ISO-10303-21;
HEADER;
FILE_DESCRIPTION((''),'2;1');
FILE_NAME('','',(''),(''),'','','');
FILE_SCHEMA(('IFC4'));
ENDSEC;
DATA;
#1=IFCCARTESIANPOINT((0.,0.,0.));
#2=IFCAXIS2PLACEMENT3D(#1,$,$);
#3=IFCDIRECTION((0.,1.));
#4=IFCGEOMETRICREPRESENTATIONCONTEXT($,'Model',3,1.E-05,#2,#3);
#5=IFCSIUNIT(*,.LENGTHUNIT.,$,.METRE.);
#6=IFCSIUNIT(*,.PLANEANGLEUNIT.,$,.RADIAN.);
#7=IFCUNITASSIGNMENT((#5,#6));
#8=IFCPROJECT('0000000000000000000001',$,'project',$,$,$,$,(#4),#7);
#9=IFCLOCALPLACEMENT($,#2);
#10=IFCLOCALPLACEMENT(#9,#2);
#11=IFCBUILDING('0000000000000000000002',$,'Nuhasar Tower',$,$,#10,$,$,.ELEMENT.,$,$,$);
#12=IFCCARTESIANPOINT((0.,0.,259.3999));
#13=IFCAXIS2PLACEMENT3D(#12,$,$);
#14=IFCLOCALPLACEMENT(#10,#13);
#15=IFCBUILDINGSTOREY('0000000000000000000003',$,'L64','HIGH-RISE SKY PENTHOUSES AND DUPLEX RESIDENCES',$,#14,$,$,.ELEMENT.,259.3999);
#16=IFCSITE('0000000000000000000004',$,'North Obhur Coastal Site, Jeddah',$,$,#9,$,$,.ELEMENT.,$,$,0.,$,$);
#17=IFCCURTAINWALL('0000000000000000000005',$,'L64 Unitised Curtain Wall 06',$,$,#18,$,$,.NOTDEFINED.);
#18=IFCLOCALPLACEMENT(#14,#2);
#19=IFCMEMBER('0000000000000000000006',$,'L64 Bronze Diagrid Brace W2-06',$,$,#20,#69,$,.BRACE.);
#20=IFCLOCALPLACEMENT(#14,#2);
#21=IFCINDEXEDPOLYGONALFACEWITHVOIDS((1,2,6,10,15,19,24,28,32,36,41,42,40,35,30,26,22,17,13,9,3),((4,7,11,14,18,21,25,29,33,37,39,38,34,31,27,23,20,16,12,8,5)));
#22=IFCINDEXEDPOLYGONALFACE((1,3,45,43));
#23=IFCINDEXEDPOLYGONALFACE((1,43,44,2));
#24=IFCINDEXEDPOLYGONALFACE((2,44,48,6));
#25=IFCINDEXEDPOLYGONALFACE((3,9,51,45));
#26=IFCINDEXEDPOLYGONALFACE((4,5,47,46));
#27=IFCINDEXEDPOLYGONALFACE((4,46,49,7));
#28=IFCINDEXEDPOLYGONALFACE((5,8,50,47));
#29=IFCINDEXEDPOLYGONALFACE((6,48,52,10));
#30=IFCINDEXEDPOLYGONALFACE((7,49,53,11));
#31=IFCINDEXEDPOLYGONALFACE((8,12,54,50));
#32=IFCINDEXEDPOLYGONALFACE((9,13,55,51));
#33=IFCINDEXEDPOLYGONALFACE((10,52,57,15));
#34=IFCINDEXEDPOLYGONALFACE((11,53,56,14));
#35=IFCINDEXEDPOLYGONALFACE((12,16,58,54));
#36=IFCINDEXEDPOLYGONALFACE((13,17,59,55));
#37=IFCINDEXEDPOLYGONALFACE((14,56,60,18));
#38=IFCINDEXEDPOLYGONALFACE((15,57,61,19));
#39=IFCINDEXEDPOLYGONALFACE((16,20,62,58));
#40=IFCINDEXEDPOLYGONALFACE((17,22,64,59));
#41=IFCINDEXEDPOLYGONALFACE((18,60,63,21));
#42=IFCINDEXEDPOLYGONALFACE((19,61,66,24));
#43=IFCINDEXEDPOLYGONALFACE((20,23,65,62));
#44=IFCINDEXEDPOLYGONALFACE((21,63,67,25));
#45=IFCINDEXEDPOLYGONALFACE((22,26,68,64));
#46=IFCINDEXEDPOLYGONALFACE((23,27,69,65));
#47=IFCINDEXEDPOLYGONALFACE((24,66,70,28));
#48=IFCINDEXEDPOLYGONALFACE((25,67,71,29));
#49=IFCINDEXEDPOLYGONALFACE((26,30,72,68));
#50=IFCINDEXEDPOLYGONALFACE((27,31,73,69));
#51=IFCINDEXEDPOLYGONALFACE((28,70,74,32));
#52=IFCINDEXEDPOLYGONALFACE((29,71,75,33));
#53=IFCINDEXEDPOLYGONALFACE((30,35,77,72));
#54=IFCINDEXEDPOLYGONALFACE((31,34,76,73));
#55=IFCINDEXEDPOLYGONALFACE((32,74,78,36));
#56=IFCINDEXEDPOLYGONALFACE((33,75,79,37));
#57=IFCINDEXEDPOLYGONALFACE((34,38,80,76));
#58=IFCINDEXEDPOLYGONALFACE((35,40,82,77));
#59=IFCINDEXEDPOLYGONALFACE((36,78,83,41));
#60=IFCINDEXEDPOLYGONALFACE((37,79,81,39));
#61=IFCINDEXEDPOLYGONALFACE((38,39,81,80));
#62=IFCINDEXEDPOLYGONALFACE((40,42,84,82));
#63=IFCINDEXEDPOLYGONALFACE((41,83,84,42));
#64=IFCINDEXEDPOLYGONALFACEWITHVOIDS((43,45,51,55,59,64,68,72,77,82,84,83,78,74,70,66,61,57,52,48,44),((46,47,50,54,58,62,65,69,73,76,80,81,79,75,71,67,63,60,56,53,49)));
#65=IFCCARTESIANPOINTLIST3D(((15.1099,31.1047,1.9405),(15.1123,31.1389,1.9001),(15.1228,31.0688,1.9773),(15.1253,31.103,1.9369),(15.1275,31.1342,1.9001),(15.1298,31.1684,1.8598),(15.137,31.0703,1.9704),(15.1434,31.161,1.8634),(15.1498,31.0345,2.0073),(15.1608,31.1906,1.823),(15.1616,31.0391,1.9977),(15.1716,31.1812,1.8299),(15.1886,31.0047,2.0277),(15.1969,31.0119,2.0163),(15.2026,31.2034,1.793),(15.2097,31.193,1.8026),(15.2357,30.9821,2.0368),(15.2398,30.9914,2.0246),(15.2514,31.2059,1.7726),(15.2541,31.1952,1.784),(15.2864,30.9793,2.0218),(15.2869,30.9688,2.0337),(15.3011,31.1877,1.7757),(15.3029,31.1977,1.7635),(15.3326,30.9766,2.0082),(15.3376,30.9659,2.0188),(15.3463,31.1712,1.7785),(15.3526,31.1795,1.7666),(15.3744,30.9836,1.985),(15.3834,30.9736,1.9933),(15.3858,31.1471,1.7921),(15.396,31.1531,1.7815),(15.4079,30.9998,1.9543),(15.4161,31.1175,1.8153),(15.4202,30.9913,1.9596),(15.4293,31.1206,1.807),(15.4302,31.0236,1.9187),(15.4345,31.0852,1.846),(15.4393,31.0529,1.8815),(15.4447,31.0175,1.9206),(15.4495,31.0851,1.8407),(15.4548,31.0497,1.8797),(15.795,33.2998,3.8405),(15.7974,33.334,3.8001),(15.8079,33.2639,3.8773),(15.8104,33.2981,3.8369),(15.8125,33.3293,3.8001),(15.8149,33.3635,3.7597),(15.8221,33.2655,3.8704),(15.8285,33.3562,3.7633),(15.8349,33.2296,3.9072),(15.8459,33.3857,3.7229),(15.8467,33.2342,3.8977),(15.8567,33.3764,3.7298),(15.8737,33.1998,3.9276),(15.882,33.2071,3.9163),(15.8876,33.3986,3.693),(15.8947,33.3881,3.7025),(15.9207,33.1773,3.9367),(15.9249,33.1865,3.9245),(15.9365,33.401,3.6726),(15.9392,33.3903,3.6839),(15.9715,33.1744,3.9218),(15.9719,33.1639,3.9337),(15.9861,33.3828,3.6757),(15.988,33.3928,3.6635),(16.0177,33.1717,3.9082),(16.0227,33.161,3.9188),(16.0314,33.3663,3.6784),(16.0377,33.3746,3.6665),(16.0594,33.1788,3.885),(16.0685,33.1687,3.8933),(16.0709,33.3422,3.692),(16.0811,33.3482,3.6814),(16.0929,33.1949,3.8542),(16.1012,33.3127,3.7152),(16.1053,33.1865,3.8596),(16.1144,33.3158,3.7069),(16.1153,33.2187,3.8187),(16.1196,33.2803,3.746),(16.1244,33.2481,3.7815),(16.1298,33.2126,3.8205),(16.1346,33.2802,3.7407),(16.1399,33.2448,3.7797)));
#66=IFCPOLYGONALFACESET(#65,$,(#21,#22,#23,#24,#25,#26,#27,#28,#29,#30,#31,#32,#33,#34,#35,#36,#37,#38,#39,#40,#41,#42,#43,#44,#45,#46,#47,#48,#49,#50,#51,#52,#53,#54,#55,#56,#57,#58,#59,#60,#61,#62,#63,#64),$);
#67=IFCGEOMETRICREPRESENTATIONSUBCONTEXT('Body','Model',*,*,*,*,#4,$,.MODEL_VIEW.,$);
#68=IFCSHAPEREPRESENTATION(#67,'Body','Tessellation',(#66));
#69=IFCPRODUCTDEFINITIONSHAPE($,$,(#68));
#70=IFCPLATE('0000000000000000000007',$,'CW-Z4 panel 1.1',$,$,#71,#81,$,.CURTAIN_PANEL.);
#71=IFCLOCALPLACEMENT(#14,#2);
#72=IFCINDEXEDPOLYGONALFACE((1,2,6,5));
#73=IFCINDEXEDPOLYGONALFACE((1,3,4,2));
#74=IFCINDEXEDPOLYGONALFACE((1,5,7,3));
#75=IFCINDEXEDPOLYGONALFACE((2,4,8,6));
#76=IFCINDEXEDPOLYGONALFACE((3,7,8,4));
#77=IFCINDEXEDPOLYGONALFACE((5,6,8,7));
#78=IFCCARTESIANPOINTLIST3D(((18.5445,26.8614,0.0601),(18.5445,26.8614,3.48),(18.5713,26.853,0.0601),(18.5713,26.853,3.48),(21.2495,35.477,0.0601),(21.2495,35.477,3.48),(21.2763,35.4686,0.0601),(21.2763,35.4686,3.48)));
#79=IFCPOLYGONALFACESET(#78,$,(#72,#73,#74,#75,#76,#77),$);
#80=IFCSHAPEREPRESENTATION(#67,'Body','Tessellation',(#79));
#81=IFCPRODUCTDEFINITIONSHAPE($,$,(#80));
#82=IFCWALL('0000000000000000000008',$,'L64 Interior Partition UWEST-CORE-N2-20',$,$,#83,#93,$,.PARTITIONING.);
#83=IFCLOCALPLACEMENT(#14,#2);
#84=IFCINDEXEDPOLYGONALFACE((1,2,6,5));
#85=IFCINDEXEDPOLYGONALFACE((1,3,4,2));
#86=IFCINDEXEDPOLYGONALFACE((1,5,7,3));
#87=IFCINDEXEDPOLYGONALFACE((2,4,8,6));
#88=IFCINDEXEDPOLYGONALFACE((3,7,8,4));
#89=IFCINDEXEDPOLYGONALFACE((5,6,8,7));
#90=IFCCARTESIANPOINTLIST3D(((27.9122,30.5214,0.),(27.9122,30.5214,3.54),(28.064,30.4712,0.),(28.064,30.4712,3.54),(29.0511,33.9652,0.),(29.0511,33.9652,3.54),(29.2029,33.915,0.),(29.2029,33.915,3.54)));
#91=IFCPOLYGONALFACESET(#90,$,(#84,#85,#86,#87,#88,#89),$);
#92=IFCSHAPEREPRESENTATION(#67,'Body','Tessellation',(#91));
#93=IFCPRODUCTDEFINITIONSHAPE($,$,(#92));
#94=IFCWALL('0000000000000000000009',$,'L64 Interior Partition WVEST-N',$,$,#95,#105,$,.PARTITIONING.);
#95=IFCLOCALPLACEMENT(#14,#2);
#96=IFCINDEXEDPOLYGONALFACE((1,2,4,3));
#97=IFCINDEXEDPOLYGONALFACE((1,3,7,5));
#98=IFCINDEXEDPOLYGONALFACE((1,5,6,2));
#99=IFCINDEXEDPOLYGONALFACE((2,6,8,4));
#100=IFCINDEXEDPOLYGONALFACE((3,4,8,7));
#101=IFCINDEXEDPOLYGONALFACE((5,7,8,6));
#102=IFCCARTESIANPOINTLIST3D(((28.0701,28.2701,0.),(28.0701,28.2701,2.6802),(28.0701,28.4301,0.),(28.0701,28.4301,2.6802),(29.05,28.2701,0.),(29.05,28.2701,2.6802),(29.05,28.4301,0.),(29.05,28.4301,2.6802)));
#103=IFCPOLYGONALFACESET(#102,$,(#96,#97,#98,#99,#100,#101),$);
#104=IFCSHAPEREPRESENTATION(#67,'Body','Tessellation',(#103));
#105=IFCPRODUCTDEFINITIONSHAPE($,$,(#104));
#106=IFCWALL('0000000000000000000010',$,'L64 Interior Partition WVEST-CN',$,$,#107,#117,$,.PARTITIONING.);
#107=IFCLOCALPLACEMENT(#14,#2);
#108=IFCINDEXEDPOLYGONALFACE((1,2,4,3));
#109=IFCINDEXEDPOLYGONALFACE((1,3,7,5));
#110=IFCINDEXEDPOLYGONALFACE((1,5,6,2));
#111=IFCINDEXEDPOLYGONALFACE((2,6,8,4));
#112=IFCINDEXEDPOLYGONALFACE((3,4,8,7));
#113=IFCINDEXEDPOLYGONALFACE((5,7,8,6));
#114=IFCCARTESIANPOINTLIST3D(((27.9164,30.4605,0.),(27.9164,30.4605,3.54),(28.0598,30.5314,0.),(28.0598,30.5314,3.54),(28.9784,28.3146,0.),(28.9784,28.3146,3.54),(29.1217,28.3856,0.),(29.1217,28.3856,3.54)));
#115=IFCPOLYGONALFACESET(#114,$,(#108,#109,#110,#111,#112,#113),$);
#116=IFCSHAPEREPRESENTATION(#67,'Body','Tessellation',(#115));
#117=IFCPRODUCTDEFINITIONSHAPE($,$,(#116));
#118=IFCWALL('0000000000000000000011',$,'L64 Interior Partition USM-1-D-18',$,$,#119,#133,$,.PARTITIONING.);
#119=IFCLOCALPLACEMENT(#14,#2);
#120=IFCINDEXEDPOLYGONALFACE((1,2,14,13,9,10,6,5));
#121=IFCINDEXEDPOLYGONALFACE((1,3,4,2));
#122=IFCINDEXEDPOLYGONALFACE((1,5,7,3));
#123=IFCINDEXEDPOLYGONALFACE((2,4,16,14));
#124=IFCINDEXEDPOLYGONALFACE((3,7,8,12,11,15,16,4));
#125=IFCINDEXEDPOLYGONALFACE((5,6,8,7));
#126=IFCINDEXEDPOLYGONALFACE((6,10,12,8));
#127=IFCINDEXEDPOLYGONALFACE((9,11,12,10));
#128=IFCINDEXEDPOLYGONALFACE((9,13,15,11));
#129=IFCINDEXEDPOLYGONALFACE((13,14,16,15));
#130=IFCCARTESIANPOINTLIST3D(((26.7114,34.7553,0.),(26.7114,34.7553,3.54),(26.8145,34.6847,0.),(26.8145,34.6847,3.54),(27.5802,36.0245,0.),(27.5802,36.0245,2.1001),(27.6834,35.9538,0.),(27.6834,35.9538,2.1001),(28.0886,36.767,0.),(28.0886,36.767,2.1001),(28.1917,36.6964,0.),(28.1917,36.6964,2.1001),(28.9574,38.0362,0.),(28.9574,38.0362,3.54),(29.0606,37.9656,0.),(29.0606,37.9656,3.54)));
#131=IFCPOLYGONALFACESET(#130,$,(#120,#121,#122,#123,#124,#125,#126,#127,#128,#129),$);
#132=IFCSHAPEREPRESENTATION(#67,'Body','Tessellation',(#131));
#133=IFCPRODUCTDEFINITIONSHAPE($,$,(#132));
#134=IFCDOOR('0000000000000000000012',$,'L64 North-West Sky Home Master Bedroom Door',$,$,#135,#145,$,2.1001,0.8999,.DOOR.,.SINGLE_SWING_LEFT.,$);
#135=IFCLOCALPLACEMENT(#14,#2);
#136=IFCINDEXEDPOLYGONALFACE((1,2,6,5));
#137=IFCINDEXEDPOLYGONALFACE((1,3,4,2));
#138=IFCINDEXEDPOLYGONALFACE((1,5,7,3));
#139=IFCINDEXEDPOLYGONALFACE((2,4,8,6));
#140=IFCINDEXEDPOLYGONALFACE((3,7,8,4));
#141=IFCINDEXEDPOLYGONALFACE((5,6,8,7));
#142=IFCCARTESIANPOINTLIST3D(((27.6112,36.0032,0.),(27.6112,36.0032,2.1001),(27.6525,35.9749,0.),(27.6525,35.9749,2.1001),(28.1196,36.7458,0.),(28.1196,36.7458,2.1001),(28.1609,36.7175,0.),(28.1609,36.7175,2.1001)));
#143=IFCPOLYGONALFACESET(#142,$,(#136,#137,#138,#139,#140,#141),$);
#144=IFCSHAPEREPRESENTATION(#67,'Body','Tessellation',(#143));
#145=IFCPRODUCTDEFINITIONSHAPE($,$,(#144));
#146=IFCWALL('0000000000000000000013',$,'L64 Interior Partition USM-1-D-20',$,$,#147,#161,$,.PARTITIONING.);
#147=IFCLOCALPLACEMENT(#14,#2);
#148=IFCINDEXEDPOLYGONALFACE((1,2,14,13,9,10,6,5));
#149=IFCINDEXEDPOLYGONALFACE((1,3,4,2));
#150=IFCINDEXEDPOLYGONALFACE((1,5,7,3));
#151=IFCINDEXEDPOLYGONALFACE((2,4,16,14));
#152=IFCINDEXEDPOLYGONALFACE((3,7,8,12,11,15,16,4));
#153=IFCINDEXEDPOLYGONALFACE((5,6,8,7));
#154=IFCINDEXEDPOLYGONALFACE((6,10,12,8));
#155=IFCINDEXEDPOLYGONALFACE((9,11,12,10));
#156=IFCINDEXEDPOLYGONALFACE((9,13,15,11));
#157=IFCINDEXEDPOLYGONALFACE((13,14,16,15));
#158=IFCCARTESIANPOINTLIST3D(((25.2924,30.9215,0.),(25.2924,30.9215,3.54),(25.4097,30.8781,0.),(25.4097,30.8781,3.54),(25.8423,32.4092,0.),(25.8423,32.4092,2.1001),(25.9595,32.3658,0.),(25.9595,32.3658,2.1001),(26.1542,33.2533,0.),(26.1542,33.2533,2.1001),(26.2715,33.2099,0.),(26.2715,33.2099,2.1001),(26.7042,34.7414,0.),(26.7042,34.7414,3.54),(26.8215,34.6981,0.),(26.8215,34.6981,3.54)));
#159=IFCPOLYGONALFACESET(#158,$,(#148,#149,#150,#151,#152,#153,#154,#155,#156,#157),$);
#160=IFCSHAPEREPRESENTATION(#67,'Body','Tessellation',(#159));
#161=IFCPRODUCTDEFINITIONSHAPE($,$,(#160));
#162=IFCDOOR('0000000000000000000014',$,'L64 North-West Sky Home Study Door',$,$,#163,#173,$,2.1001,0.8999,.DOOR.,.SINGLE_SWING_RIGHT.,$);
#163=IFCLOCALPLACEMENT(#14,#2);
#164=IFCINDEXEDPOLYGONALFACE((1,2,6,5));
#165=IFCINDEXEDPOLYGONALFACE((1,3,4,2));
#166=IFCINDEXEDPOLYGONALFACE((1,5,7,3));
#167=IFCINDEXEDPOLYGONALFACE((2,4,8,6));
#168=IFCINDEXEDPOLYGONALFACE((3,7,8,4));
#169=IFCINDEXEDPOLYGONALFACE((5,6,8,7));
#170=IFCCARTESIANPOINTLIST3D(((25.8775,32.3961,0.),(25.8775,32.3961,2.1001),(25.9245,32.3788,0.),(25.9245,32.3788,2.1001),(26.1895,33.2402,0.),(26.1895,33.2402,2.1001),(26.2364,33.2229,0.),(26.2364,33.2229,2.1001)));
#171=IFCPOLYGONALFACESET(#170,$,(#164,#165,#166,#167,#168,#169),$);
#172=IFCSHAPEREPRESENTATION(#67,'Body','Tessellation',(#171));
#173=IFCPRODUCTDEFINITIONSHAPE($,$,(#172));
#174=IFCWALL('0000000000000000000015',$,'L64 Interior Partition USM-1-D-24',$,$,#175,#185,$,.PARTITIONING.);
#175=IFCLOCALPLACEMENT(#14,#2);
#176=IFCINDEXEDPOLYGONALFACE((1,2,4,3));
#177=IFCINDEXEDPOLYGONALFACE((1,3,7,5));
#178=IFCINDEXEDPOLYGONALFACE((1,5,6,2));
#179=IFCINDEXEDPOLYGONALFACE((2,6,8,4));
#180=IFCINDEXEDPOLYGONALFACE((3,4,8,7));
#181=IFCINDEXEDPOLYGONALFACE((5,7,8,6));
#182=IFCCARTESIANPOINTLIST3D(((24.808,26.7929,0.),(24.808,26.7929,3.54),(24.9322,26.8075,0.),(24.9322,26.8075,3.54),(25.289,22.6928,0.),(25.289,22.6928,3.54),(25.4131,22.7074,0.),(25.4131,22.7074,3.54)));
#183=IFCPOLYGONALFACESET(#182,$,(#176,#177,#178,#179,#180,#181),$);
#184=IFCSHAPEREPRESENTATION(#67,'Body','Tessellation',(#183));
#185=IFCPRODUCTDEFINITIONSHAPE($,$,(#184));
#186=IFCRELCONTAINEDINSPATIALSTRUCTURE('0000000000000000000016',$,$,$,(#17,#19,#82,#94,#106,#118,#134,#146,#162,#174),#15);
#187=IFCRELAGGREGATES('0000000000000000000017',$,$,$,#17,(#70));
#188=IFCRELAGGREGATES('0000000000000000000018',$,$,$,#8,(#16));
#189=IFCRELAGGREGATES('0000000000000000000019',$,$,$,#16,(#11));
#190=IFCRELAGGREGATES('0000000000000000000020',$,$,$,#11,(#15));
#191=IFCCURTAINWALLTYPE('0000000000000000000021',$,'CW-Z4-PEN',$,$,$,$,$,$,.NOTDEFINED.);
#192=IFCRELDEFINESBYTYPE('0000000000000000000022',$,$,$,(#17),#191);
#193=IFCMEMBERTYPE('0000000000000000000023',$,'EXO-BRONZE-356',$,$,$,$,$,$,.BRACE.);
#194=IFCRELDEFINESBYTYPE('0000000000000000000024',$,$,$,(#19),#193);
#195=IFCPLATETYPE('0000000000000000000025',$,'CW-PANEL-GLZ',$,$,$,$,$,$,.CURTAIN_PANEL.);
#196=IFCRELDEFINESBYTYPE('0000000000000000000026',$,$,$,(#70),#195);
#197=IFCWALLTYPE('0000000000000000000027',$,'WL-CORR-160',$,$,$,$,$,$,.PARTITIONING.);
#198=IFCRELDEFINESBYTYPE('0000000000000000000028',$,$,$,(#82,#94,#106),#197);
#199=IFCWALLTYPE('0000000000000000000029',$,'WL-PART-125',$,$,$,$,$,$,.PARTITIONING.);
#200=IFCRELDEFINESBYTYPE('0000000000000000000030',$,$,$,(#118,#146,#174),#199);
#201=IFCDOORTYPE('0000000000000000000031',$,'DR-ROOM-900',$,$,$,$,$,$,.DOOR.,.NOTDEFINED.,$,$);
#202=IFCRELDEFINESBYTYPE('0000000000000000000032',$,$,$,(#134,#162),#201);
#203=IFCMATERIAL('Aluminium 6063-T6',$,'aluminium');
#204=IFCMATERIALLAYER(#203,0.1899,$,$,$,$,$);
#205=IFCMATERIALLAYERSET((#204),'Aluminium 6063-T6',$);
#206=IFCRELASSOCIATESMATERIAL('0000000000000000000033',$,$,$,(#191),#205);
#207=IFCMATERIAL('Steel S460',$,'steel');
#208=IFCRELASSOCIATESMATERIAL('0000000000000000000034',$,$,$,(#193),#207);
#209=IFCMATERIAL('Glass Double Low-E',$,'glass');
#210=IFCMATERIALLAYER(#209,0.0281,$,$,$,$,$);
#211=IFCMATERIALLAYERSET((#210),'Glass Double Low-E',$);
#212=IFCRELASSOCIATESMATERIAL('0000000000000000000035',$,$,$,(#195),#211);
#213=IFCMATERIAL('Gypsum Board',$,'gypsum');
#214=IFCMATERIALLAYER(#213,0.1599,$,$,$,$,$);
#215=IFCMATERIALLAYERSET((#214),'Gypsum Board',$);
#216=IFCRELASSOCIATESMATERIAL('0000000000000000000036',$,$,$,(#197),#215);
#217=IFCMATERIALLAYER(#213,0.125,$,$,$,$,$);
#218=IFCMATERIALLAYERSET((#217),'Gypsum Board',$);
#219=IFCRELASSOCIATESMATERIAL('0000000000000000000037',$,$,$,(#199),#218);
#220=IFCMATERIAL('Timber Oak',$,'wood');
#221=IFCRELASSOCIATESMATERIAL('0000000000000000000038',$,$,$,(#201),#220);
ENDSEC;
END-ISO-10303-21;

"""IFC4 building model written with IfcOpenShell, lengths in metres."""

from ifc_helpers import new_model, si_unit, direction, frame, frame_2d, origin, origin_2d, place, context, subcontext, project, spatial, rectangle, hollow_circle, extrude, material, layer, layer_set, material_profile, profile_set, type_object, element, fill, aggregate, save


model = new_model("IFC4")

# Units and contexts
model_context = context("Model", 3, precision=1e-05, world=origin(), true_north=direction((0.0, 1.0)))
body_context = subcontext(model_context, "Body", "Model", "MODEL_VIEW")
ifc_project = project(units=[si_unit("LENGTHUNIT", "METRE"), si_unit("PLANEANGLEUNIT", "RADIAN")], contexts=[model_context])

# Site, building, storey
site_placement = place(None, origin())
site = spatial("IfcSite", under=ifc_project, at=site_placement, Name="North Obhur Coastal Site, Jeddah", CompositionType="ELEMENT", RefElevation=0.0)
building_placement = place(site_placement, origin())
building = spatial("IfcBuilding", under=site, at=building_placement, Name="Nuhasar Tower", CompositionType="ELEMENT")
storey_placement = place(building_placement, frame((0.0, 0.0, 259.3999)))
storey = spatial("IfcBuildingStorey", under=building, at=storey_placement, Name="L64", Description="HIGH-RISE SKY PENTHOUSES AND DUPLEX RESIDENCES", CompositionType="ELEMENT", Elevation=259.3999)

# Curtain wall
ifc_material_1 = material(Name="Aluminium 6063-T6", Category="aluminium")
ifc_layer_1 = layer(ifc_material_1, 0.1899)
ifc_layer_set_1 = layer_set([ifc_layer_1], Name="Aluminium 6063-T6")
curtain_wall_type = type_object("IfcCurtainWallType", Name="CW-Z4-PEN", PredefinedType="NOTDEFINED", material=ifc_layer_set_1)
curtain_wall_placement = place(storey_placement, origin())
curtain_wall = element("IfcCurtainWall", 1, at=curtain_wall_placement, inside=storey, type_object=curtain_wall_type, Name="L64 Unitised Curtain Wall 06", PredefinedType="NOTDEFINED")

# Member
ifc_material_2 = material(Name="Steel S460", Category="steel")
ifc_material_profile_1 = material_profile(ifc_material_2, hollow_circle(Radius=0.1777, WallThickness=0.0159, at=origin_2d()), Name="HSS355.6X15.9")
ifc_profile_set_1 = profile_set([ifc_material_profile_1], Name="Steel S460")
member_type_1 = type_object("IfcMemberType", Name="EXO-BRONZE-356", PredefinedType="BRACE", material=ifc_profile_set_1)
for number, where, z_axis, x_axis, name in (
    (2, (15.282, 31.0859, 1.9001), (0.229668, 0.735902, 0.636947), (-0.954591, 0.297918, 0.0), "L64 Bronze Diagrid Brace W2-06"),
):
    element("IfcMember", number, at=place(storey_placement, frame(where, z_axis=z_axis, x_axis=x_axis)), inside=storey, type_object=member_type_1, Name=name, PredefinedType="BRACE", context=body_context, shape_type="SweptSolid", body=[
        extrude(hollow_circle(Radius=0.1777, WallThickness=0.0159, at=origin_2d()), origin(), (0.0, 0.0, 1.0), 2.9829),
    ])

# Plate
ifc_material_3 = material(Name="Glass Double Low-E", Category="glass")
ifc_layer_2 = layer(ifc_material_3, 0.0281)
ifc_layer_set_2 = layer_set([ifc_layer_2], Name="Glass Double Low-E")
plate_type = type_object("IfcPlateType", Name="CW-PANEL-GLZ", PredefinedType="CURTAIN_PANEL", material=ifc_layer_set_2)
plate_placement = place(storey_placement, frame((19.9104, 31.165, 0.0601), z_axis=(0.0, 0.0, 1.0), x_axis=(-0.299557, -0.954079, 0.0)))
plate = element("IfcPlate", 3, at=plate_placement, type_object=plate_type, Name="CW-Z4 panel 1.1", PredefinedType="CURTAIN_PANEL", context=body_context, shape_type="SweptSolid", body=[
    extrude(rectangle(XDim=9.0303, YDim=0.0281, at=origin_2d()), origin(), (0.0, 0.0, 1.0), 3.4199),
])
aggregate(curtain_wall, [plate])

# Wall
ifc_material_4 = material(Name="Gypsum Board", Category="gypsum")
ifc_layer_3 = layer(ifc_material_4, 0.1599)
ifc_layer_set_3 = layer_set([ifc_layer_3], Name="Gypsum Board")
wall_type_1 = type_object("IfcWallType", Name="WL-CORR-160", PredefinedType="PARTITIONING", material=ifc_layer_set_3)
wall_1_placement = place(storey_placement, frame((29.127, 33.9399, 0.0), z_axis=(0.0, 0.0, 1.0), x_axis=(-0.313986, -0.949428, 0.0)))
element("IfcWall", 4, at=wall_1_placement, inside=storey, type_object=wall_type_1, Name="L64 Interior Partition UWEST-CORE-N2-20", PredefinedType="PARTITIONING", context=body_context, shape_type="SweptSolid", body=[
    extrude(rectangle(XDim=3.6272, YDim=0.1599, at=frame_2d((1.8135, 0.0))), origin(), (0.0, 0.0, 1.0), 3.54),
])

# Shared definitions
ifc_material_5 = material(Name="Timber Oak", Category="wood")

# Walls
wall_2_placement = place(storey_placement, frame((28.0701, 28.3501, 0.0), z_axis=(0.0, 0.0, 1.0), x_axis=(1.0, 0.0, 0.0)))
element("IfcWall", 5, at=wall_2_placement, inside=storey, type_object=wall_type_1, Name="L64 Interior Partition WVEST-N", PredefinedType="PARTITIONING", context=body_context, shape_type="SweptSolid", body=[
    extrude(rectangle(XDim=0.98, YDim=0.1599, at=frame_2d((0.49, 0.0))), origin(), (0.0, 0.0, 1.0), 2.6802),
])
wall_3_placement = place(storey_placement, frame((27.988, 30.4961, 0.0), z_axis=(0.0, 0.0, 1.0), x_axis=(0.443539, -0.896255, 0.0)))
element("IfcWall", 6, at=wall_3_placement, inside=storey, type_object=wall_type_1, Name="L64 Interior Partition WVEST-CN", PredefinedType="PARTITIONING", context=body_context, shape_type="SweptSolid", body=[
    extrude(rectangle(XDim=2.3943, YDim=0.1599, at=frame_2d((1.1973, 0.0))), origin(), (0.0, 0.0, 1.0), 3.54),
])

# Walls, openings, doors
ifc_layer_4 = layer(ifc_material_4, 0.125)
ifc_layer_set_4 = layer_set([ifc_layer_4], Name="Gypsum Board")
wall_type_2 = type_object("IfcWallType", Name="WL-PART-125", PredefinedType="PARTITIONING", material=ifc_layer_set_4)
wall_4_placement = place(storey_placement, frame((26.7629, 34.72, 0.0), z_axis=(0.0, 0.0, 1.0), x_axis=(0.564889, 0.825167, 0.0)))
wall_4 = element("IfcWall", 7, at=wall_4_placement, inside=storey, type_object=wall_type_2, Name="L64 Interior Partition USM-1-D-18", PredefinedType="PARTITIONING", context=body_context, shape_type="SweptSolid", body=[
    extrude(rectangle(XDim=3.9761, YDim=0.125, at=frame_2d((1.988, 0.0))), origin(), (0.0, 0.0, 1.0), 3.54),
])
opening_1_placement = place(wall_4_placement, frame((1.5381, 0.0, 0.0)))
opening_1 = element("IfcOpeningElement", 8, at=opening_1_placement, cuts=wall_4, PredefinedType="OPENING", context=body_context, shape_type="SweptSolid", body=[
    extrude(rectangle(XDim=0.8999, YDim=2.1001, at=frame_2d((0.45, 1.05))), frame((0.0, 0.0725, 0.0), z_axis=(0.0, -1.0, 0.0), x_axis=(1.0, 0.0, 0.0)), (0.0, 0.0, 1.0), 0.145),
])
door_type_1 = type_object("IfcDoorType", Name="DR-ROOM-900", OperationType="NOTDEFINED", PredefinedType="DOOR", material=ifc_material_5)
door_1_placement = place(opening_1_placement, origin())
door_1 = element("IfcDoor", 9, at=door_1_placement, inside=storey, type_object=door_type_1, Name="L64 North-West Sky Home Master Bedroom Door", OperationType="SINGLE_SWING_LEFT", OverallHeight=2.1001, OverallWidth=0.8999, PredefinedType="DOOR", context=body_context, shape_type="SweptSolid", body=[
    extrude(rectangle(XDim=0.8999, YDim=2.1001, at=frame_2d((0.45, 1.05))), frame((0.0, 0.0249, 0.0), z_axis=(0.0, -1.0, 0.0), x_axis=(1.0, 0.0, 0.0)), (0.0, 0.0, 1.0), 0.05),
])
fill(opening_1, door_1)
wall_5_placement = place(storey_placement, frame((25.3511, 30.8999, 0.0), z_axis=(0.0, 0.0, 1.0), x_axis=(0.346672, 0.937986, 0.0)))
wall_5 = element("IfcWall", 10, at=wall_5_placement, inside=storey, type_object=wall_type_2, Name="L64 Interior Partition USM-1-D-20", PredefinedType="PARTITIONING", context=body_context, shape_type="SweptSolid", body=[
    extrude(rectangle(XDim=4.0725, YDim=0.125, at=frame_2d((2.0361, 0.0))), origin(), (0.0, 0.0, 1.0), 3.54),
])
opening_2_placement = place(wall_5_placement, frame((1.5859, 0.0, 0.0)))
opening_2 = element("IfcOpeningElement", 11, at=opening_2_placement, cuts=wall_5, PredefinedType="OPENING", context=body_context, shape_type="SweptSolid", body=[
    extrude(rectangle(XDim=0.8999, YDim=2.1001, at=frame_2d((0.45, 1.05))), frame((0.0, 0.0725, 0.0), z_axis=(0.0, -1.0, 0.0), x_axis=(1.0, 0.0, 0.0)), (0.0, 0.0, 1.0), 0.145),
])
door_2_placement = place(opening_2_placement, origin())
door_2 = element("IfcDoor", 12, at=door_2_placement, inside=storey, type_object=door_type_1, Name="L64 North-West Sky Home Study Door", OperationType="SINGLE_SWING_RIGHT", OverallHeight=2.1001, OverallWidth=0.8999, PredefinedType="DOOR", context=body_context, shape_type="SweptSolid", body=[
    extrude(rectangle(XDim=0.8999, YDim=2.1001, at=frame_2d((0.45, 1.05))), frame((0.0, 0.0249, 0.0), z_axis=(0.0, -1.0, 0.0), x_axis=(1.0, 0.0, 0.0)), (0.0, 0.0, 1.0), 0.05),
])
fill(opening_2, door_2)

# Wall
wall_6_placement = place(storey_placement, frame((24.8701, 26.8, 0.0), z_axis=(0.0, 0.0, 1.0), x_axis=(0.116505, -0.99319, 0.0)))
element("IfcWall", 13, at=wall_6_placement, inside=storey, type_object=wall_type_2, Name="L64 Interior Partition USM-1-D-24", PredefinedType="PARTITIONING", context=body_context, shape_type="SweptSolid", body=[
    extrude(rectangle(XDim=4.1282, YDim=0.125, at=frame_2d((2.064, 0.0))), origin(), (0.0, 0.0, 1.0), 3.54),
])

save(model, "model.ifc")
